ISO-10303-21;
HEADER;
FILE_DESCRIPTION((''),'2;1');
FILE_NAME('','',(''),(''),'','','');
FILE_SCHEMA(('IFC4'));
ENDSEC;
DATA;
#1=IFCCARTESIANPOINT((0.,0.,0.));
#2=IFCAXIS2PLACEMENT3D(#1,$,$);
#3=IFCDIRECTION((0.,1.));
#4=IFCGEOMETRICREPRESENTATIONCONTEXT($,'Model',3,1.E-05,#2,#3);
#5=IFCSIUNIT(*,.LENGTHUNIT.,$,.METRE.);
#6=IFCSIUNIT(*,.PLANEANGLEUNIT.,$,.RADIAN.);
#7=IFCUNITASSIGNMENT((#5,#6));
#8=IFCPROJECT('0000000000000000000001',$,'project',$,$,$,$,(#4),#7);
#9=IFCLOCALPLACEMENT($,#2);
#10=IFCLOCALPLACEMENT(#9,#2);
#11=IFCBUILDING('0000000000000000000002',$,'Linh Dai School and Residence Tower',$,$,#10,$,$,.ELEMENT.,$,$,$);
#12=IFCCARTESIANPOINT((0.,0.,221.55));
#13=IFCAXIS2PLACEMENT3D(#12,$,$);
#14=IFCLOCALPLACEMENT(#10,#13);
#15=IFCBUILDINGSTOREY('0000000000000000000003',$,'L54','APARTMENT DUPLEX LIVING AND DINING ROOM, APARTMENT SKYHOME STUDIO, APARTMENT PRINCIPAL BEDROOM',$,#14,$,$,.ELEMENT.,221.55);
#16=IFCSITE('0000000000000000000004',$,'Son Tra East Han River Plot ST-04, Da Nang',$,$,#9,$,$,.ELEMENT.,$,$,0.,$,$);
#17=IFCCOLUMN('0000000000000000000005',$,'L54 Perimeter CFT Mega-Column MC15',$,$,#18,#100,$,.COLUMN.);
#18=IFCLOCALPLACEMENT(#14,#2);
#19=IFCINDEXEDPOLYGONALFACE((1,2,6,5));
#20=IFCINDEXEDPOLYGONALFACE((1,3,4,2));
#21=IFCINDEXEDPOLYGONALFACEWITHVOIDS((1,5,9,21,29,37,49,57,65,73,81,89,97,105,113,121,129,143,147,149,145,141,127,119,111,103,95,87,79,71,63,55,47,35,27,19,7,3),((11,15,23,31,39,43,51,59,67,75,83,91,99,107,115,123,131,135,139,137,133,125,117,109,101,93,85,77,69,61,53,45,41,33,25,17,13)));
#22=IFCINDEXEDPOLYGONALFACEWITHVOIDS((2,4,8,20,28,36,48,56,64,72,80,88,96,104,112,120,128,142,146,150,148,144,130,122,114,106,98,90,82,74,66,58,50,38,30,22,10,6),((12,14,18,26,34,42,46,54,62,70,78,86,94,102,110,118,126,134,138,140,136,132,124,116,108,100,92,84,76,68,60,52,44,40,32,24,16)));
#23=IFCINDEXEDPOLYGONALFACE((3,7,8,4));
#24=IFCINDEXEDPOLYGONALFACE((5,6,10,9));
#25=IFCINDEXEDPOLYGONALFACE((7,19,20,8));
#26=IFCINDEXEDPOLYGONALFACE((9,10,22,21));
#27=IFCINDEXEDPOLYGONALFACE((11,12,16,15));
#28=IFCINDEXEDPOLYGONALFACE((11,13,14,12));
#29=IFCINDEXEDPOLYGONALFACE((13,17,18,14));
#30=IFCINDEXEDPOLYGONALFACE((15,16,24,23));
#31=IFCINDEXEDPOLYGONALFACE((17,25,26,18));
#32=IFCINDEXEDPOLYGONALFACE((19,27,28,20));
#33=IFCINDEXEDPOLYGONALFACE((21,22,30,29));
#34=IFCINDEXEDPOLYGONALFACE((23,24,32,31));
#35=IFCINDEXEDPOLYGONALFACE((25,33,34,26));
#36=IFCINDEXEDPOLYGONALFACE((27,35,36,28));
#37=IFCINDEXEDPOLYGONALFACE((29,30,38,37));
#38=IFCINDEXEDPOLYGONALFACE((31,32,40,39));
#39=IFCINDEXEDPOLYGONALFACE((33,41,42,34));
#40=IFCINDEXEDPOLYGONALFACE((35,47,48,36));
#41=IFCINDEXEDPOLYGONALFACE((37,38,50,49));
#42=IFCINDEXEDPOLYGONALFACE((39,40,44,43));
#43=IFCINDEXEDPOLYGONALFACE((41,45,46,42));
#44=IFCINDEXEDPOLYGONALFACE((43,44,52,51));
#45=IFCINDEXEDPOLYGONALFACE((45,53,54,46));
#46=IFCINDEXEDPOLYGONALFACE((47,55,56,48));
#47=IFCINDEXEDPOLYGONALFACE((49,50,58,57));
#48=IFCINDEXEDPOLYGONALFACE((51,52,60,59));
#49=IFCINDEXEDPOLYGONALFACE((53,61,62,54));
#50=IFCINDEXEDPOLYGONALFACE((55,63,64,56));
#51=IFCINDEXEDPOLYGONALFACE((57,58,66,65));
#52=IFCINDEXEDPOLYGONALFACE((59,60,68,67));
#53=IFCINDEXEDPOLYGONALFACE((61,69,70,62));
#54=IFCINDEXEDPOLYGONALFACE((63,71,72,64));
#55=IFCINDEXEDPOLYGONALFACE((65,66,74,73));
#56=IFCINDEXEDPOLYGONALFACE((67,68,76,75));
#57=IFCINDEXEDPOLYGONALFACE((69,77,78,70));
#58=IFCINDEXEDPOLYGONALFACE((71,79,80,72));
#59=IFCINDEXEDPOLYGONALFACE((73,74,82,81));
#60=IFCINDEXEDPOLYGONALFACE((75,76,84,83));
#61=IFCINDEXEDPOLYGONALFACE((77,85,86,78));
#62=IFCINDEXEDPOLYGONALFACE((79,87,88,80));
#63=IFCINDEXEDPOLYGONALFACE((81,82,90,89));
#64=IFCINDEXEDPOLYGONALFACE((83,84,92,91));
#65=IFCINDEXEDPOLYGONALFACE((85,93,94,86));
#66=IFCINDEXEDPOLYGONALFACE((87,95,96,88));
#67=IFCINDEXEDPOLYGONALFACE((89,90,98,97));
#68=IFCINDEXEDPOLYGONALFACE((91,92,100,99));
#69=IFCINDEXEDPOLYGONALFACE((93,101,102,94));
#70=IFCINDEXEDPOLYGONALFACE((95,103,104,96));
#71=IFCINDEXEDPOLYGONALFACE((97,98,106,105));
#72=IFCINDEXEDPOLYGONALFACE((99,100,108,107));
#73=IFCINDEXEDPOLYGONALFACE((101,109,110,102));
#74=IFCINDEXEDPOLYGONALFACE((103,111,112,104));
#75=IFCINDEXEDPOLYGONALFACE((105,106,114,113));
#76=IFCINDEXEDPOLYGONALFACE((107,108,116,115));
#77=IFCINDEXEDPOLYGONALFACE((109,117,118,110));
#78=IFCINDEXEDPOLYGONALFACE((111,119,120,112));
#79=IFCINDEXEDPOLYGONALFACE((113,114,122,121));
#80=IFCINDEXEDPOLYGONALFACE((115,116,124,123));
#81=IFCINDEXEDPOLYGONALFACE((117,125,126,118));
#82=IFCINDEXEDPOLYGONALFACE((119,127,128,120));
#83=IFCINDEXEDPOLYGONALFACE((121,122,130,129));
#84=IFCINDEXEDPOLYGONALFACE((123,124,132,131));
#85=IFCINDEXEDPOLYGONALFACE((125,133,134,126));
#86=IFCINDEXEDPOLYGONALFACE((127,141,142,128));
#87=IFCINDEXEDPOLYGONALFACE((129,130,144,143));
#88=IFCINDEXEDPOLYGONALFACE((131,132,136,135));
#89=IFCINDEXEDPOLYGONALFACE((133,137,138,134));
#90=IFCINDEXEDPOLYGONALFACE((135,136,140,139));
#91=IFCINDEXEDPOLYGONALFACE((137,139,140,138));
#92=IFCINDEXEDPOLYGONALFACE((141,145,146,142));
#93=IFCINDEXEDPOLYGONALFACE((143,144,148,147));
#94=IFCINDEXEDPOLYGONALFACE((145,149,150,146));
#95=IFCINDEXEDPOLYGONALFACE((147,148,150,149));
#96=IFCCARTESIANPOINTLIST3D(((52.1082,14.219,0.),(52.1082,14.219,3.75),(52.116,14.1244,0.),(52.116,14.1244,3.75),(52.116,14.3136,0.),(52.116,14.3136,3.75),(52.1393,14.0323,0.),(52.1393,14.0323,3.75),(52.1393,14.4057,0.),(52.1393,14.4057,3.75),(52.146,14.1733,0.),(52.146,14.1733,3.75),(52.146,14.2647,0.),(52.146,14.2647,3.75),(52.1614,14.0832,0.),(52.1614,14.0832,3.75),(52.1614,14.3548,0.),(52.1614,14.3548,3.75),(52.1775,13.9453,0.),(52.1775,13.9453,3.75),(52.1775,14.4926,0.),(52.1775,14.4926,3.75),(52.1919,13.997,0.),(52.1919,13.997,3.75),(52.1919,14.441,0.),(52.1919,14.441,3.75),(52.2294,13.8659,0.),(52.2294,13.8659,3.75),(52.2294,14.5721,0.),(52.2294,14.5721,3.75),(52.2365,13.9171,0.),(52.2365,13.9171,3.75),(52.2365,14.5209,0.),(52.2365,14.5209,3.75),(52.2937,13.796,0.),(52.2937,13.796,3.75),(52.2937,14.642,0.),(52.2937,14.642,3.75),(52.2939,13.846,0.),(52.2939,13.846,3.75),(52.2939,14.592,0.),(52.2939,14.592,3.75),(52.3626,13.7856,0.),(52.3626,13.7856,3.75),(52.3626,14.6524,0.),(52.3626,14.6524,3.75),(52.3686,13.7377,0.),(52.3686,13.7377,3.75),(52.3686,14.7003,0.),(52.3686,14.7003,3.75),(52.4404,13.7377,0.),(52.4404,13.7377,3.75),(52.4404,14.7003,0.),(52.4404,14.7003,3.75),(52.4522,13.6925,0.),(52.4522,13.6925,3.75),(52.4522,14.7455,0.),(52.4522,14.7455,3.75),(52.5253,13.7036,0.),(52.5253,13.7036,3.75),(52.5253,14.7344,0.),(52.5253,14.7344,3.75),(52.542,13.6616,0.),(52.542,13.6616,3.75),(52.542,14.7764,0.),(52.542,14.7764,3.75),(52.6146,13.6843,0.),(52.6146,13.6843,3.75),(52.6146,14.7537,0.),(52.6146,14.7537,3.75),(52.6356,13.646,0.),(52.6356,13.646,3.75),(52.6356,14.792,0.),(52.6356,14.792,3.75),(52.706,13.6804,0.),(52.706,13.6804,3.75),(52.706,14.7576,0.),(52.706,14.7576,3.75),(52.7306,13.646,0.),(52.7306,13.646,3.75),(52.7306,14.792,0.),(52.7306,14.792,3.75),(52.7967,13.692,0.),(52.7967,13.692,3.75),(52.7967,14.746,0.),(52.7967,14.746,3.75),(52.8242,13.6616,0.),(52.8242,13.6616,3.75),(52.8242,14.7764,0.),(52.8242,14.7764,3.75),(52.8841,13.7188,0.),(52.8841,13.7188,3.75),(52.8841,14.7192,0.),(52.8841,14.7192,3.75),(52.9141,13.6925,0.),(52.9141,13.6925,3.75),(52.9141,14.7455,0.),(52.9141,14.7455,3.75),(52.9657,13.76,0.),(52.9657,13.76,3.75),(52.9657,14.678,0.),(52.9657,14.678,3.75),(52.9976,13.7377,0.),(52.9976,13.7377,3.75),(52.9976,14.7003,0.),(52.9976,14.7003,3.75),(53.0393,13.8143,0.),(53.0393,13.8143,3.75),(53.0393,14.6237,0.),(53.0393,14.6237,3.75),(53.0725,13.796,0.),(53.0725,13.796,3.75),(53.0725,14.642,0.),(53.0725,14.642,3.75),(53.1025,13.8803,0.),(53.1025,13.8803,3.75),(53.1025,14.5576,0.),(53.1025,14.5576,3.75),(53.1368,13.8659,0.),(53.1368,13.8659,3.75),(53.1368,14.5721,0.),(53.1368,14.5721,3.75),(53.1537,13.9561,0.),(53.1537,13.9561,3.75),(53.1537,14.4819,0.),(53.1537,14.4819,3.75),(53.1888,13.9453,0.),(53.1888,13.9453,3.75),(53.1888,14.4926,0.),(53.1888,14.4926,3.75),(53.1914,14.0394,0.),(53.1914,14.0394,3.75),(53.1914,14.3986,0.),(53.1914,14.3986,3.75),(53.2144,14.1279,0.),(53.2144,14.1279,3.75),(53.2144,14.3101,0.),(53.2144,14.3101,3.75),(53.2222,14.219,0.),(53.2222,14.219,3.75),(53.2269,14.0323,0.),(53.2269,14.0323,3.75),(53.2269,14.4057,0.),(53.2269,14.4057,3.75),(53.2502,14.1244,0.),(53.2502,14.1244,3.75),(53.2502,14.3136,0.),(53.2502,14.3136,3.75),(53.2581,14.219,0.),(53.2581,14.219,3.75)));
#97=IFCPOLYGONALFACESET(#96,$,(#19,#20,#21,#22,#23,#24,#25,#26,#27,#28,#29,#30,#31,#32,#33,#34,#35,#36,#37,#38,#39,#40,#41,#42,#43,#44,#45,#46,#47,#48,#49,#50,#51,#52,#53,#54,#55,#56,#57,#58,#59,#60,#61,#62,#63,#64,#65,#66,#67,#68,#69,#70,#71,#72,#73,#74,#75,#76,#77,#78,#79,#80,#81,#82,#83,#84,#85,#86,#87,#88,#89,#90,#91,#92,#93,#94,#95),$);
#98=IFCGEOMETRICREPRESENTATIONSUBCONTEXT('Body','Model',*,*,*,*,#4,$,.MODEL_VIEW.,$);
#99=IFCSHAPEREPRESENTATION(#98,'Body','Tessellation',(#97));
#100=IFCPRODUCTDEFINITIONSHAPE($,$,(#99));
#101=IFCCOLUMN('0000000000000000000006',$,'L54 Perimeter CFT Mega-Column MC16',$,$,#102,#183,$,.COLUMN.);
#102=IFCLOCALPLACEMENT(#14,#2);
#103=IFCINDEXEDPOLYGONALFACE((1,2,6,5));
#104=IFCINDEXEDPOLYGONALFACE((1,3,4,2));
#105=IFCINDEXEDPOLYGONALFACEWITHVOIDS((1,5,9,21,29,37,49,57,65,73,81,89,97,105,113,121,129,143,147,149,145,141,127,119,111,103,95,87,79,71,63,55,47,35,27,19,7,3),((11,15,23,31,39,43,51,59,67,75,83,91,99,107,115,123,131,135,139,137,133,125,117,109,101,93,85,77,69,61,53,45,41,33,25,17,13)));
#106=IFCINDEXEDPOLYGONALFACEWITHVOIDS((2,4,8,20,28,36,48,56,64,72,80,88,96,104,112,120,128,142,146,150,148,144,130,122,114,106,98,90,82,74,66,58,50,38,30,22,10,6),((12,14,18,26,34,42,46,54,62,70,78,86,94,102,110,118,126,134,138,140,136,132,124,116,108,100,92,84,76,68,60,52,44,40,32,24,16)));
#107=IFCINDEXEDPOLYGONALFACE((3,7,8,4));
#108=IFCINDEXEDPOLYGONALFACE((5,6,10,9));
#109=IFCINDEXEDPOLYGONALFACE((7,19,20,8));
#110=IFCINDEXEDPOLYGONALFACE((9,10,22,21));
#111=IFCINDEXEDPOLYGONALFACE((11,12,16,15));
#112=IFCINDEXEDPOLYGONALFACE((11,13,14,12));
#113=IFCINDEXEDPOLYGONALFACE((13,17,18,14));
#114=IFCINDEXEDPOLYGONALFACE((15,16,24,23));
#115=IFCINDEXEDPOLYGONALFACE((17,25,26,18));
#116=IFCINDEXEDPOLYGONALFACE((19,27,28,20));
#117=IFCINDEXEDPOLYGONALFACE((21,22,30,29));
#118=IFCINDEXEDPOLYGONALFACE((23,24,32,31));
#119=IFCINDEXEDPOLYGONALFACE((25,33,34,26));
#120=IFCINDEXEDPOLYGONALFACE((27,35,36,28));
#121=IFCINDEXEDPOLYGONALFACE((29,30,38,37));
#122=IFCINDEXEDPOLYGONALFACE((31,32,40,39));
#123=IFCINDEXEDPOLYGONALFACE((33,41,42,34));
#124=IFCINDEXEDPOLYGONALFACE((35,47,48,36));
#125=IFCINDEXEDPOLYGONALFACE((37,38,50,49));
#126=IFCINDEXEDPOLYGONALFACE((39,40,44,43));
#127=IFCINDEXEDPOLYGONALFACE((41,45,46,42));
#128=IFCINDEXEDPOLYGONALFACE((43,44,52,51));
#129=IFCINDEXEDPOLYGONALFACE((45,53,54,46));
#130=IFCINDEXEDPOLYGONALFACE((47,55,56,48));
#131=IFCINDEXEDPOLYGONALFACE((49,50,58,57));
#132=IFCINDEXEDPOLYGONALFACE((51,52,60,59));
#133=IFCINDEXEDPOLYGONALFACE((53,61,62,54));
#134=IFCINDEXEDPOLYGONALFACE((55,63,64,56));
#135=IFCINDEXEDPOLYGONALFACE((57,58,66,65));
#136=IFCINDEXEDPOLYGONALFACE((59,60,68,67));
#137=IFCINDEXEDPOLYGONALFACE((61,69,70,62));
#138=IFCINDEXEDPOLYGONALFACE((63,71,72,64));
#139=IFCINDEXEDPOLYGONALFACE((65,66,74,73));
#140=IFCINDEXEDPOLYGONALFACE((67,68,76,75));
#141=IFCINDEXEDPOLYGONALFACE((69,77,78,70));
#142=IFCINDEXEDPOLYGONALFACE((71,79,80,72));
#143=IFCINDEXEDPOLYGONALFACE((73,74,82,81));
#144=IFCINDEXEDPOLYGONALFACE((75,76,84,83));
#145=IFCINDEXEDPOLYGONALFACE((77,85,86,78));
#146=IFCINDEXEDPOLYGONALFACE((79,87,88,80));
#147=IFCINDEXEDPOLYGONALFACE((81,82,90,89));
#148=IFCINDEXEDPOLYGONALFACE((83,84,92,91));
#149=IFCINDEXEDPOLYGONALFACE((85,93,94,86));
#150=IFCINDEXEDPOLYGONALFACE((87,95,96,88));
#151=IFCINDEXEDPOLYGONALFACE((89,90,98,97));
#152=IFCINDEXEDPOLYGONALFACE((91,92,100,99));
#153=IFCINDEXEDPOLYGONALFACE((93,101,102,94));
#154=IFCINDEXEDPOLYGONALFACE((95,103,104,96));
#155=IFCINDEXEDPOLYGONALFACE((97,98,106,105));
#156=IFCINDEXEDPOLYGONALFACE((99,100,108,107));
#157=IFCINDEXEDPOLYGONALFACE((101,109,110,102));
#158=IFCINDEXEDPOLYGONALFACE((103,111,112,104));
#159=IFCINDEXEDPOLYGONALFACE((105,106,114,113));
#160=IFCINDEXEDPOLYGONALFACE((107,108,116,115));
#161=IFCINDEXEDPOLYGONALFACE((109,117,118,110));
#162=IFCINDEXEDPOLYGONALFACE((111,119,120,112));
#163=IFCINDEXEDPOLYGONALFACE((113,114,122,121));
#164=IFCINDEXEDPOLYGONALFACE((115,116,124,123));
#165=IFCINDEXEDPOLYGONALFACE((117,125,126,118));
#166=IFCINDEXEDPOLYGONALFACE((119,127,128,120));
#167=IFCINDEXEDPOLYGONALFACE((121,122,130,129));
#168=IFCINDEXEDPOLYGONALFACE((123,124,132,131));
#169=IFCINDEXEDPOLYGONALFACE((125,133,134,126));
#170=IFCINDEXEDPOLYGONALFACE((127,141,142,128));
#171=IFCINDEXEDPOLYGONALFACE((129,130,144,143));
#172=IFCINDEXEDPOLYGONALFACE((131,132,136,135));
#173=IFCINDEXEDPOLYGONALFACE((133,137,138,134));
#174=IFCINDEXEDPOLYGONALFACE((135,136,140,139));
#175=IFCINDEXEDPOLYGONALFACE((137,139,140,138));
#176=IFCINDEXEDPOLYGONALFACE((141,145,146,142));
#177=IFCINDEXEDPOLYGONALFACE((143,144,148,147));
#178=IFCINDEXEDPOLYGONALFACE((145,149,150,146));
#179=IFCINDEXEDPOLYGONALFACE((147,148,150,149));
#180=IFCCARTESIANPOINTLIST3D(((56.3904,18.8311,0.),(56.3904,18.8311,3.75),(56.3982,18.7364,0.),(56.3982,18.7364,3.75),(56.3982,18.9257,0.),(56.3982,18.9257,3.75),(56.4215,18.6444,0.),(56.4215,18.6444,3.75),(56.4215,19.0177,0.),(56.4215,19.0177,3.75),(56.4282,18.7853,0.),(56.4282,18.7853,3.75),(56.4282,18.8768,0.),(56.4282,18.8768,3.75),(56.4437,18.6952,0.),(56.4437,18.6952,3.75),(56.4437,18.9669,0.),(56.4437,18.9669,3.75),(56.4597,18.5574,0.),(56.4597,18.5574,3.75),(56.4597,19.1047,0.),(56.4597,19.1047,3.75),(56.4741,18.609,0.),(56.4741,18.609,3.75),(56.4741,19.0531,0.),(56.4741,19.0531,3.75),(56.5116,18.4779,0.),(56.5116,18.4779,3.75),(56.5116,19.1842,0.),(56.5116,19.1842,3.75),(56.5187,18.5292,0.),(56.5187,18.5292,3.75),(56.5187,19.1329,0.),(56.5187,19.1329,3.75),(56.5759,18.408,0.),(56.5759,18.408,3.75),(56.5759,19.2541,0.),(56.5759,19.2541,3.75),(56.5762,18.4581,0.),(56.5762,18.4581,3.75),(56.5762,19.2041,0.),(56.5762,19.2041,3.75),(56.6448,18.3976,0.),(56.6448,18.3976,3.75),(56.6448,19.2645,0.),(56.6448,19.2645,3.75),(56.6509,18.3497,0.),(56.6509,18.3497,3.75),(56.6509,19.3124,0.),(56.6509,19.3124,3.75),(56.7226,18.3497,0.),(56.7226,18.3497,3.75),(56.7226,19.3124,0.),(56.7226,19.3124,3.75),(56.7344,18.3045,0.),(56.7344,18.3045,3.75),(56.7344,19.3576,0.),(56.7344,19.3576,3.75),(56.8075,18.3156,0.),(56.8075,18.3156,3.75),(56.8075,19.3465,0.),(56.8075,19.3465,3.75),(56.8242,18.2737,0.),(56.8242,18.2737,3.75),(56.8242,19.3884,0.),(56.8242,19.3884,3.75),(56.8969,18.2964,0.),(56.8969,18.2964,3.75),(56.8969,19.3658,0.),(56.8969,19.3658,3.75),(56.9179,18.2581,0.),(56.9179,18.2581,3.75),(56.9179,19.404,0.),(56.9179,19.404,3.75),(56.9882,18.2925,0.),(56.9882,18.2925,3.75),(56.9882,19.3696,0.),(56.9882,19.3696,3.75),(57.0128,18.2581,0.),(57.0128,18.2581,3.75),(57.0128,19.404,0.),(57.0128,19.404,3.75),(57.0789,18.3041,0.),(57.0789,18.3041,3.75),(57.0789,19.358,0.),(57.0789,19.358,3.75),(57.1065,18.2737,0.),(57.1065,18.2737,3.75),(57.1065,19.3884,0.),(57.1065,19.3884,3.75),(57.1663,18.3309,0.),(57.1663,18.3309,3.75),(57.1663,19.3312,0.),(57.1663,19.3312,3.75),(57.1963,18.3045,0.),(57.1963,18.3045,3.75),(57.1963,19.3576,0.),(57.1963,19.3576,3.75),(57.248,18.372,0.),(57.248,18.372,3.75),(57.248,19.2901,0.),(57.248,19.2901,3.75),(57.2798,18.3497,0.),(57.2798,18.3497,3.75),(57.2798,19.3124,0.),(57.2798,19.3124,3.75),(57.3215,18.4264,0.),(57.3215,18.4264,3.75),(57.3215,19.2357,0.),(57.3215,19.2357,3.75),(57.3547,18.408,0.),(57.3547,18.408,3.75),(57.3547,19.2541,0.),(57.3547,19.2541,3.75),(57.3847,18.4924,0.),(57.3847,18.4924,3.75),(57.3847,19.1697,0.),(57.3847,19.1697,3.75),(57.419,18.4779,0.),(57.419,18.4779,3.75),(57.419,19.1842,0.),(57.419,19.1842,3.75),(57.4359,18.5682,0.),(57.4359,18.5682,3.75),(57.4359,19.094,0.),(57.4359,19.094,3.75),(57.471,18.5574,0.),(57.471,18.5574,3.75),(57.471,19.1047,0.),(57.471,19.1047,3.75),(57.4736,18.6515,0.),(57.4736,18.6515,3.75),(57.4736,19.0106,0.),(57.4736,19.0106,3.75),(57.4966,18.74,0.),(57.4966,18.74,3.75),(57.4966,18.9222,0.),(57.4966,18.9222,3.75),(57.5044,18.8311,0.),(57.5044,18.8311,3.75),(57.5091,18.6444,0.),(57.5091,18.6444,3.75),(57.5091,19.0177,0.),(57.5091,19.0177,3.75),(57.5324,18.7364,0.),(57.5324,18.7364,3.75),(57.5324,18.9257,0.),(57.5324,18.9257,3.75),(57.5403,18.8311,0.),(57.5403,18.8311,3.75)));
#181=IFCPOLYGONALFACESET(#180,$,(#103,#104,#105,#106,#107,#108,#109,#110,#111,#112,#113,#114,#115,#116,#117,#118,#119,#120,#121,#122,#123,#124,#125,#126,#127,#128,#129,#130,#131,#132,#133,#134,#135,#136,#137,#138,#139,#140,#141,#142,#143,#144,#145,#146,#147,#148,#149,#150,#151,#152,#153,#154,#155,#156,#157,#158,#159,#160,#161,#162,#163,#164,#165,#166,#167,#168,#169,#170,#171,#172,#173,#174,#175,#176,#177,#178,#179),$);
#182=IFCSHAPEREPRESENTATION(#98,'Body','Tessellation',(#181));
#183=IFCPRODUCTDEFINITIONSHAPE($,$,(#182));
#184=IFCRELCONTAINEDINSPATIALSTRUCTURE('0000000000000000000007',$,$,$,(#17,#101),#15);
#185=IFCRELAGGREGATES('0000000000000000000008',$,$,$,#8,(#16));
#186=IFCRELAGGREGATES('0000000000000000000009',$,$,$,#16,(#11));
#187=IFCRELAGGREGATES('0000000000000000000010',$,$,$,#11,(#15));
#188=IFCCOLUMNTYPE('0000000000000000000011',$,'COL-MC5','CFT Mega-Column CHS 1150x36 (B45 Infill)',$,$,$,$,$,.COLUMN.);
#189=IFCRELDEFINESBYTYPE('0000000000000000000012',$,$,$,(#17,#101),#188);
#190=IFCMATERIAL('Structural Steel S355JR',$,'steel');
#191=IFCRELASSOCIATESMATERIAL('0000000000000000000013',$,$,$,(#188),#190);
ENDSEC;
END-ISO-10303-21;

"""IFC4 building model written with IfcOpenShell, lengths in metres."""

from ifc_helpers import new_model, si_unit, direction, frame, origin, origin_2d, place, context, subcontext, project, spatial, hollow_circle, extrude, material, material_profile, profile_set, type_object, element, save


model = new_model("IFC4")

# Units and contexts
model_context = context("Model", 3, precision=1e-05, world=origin(), true_north=direction((0.0, 1.0)))
body_context = subcontext(model_context, "Body", "Model", "MODEL_VIEW")
ifc_project = project(units=[si_unit("LENGTHUNIT", "METRE"), si_unit("PLANEANGLEUNIT", "RADIAN")], contexts=[model_context])

# Site, building, storey
site_placement = place(None, origin())
site = spatial("IfcSite", under=ifc_project, at=site_placement, Name="Son Tra East Han River Plot ST-04, Da Nang", CompositionType="ELEMENT", RefElevation=0.0)
building_placement = place(site_placement, origin())
building = spatial("IfcBuilding", under=site, at=building_placement, Name="Linh Dai School and Residence Tower", CompositionType="ELEMENT")
storey_placement = place(building_placement, frame((0.0, 0.0, 221.55)))
storey = spatial("IfcBuildingStorey", under=building, at=storey_placement, Name="L54", Description="APARTMENT DUPLEX LIVING AND DINING ROOM, APARTMENT SKYHOME STUDIO, APARTMENT PRINCIPAL BEDROOM", CompositionType="ELEMENT", Elevation=221.55)

# Columns
ifc_material_1 = material(Name="Structural Steel S355JR", Category="steel")
ifc_material_profile_1 = material_profile(ifc_material_1, hollow_circle(Radius=0.575, WallThickness=0.0359, at=origin_2d()), Name="CHS 1150x36")
ifc_profile_set_1 = profile_set([ifc_material_profile_1], Name="Structural Steel S355JR")
column_type = type_object("IfcColumnType", Name="COL-MC5", Description="CFT Mega-Column CHS 1150x36 (B45 Infill)", PredefinedType="COLUMN", material=ifc_profile_set_1)
for number, where, z_axis, x_axis, name in (
    (1, (52.6831, 14.219, 0.0), (0.0, 0.0, 1.0), (1.0, 0.0, 0.0), "L54 Perimeter CFT Mega-Column MC15"),
    (2, (56.9653, 18.8311, 0.0), (0.0, 0.0, 1.0), (1.0, 0.0, 0.0), "L54 Perimeter CFT Mega-Column MC16"),
):
    element("IfcColumn", number, at=place(storey_placement, frame(where, z_axis=z_axis, x_axis=x_axis)), inside=storey, type_object=column_type, Name=name, PredefinedType="COLUMN", context=body_context, shape_type="SweptSolid", body=[
        extrude(hollow_circle(Radius=0.575, WallThickness=0.0359, at=origin_2d()), origin(), (0.0, 0.0, 1.0), 3.75),
    ])

save(model, "model.ifc")
